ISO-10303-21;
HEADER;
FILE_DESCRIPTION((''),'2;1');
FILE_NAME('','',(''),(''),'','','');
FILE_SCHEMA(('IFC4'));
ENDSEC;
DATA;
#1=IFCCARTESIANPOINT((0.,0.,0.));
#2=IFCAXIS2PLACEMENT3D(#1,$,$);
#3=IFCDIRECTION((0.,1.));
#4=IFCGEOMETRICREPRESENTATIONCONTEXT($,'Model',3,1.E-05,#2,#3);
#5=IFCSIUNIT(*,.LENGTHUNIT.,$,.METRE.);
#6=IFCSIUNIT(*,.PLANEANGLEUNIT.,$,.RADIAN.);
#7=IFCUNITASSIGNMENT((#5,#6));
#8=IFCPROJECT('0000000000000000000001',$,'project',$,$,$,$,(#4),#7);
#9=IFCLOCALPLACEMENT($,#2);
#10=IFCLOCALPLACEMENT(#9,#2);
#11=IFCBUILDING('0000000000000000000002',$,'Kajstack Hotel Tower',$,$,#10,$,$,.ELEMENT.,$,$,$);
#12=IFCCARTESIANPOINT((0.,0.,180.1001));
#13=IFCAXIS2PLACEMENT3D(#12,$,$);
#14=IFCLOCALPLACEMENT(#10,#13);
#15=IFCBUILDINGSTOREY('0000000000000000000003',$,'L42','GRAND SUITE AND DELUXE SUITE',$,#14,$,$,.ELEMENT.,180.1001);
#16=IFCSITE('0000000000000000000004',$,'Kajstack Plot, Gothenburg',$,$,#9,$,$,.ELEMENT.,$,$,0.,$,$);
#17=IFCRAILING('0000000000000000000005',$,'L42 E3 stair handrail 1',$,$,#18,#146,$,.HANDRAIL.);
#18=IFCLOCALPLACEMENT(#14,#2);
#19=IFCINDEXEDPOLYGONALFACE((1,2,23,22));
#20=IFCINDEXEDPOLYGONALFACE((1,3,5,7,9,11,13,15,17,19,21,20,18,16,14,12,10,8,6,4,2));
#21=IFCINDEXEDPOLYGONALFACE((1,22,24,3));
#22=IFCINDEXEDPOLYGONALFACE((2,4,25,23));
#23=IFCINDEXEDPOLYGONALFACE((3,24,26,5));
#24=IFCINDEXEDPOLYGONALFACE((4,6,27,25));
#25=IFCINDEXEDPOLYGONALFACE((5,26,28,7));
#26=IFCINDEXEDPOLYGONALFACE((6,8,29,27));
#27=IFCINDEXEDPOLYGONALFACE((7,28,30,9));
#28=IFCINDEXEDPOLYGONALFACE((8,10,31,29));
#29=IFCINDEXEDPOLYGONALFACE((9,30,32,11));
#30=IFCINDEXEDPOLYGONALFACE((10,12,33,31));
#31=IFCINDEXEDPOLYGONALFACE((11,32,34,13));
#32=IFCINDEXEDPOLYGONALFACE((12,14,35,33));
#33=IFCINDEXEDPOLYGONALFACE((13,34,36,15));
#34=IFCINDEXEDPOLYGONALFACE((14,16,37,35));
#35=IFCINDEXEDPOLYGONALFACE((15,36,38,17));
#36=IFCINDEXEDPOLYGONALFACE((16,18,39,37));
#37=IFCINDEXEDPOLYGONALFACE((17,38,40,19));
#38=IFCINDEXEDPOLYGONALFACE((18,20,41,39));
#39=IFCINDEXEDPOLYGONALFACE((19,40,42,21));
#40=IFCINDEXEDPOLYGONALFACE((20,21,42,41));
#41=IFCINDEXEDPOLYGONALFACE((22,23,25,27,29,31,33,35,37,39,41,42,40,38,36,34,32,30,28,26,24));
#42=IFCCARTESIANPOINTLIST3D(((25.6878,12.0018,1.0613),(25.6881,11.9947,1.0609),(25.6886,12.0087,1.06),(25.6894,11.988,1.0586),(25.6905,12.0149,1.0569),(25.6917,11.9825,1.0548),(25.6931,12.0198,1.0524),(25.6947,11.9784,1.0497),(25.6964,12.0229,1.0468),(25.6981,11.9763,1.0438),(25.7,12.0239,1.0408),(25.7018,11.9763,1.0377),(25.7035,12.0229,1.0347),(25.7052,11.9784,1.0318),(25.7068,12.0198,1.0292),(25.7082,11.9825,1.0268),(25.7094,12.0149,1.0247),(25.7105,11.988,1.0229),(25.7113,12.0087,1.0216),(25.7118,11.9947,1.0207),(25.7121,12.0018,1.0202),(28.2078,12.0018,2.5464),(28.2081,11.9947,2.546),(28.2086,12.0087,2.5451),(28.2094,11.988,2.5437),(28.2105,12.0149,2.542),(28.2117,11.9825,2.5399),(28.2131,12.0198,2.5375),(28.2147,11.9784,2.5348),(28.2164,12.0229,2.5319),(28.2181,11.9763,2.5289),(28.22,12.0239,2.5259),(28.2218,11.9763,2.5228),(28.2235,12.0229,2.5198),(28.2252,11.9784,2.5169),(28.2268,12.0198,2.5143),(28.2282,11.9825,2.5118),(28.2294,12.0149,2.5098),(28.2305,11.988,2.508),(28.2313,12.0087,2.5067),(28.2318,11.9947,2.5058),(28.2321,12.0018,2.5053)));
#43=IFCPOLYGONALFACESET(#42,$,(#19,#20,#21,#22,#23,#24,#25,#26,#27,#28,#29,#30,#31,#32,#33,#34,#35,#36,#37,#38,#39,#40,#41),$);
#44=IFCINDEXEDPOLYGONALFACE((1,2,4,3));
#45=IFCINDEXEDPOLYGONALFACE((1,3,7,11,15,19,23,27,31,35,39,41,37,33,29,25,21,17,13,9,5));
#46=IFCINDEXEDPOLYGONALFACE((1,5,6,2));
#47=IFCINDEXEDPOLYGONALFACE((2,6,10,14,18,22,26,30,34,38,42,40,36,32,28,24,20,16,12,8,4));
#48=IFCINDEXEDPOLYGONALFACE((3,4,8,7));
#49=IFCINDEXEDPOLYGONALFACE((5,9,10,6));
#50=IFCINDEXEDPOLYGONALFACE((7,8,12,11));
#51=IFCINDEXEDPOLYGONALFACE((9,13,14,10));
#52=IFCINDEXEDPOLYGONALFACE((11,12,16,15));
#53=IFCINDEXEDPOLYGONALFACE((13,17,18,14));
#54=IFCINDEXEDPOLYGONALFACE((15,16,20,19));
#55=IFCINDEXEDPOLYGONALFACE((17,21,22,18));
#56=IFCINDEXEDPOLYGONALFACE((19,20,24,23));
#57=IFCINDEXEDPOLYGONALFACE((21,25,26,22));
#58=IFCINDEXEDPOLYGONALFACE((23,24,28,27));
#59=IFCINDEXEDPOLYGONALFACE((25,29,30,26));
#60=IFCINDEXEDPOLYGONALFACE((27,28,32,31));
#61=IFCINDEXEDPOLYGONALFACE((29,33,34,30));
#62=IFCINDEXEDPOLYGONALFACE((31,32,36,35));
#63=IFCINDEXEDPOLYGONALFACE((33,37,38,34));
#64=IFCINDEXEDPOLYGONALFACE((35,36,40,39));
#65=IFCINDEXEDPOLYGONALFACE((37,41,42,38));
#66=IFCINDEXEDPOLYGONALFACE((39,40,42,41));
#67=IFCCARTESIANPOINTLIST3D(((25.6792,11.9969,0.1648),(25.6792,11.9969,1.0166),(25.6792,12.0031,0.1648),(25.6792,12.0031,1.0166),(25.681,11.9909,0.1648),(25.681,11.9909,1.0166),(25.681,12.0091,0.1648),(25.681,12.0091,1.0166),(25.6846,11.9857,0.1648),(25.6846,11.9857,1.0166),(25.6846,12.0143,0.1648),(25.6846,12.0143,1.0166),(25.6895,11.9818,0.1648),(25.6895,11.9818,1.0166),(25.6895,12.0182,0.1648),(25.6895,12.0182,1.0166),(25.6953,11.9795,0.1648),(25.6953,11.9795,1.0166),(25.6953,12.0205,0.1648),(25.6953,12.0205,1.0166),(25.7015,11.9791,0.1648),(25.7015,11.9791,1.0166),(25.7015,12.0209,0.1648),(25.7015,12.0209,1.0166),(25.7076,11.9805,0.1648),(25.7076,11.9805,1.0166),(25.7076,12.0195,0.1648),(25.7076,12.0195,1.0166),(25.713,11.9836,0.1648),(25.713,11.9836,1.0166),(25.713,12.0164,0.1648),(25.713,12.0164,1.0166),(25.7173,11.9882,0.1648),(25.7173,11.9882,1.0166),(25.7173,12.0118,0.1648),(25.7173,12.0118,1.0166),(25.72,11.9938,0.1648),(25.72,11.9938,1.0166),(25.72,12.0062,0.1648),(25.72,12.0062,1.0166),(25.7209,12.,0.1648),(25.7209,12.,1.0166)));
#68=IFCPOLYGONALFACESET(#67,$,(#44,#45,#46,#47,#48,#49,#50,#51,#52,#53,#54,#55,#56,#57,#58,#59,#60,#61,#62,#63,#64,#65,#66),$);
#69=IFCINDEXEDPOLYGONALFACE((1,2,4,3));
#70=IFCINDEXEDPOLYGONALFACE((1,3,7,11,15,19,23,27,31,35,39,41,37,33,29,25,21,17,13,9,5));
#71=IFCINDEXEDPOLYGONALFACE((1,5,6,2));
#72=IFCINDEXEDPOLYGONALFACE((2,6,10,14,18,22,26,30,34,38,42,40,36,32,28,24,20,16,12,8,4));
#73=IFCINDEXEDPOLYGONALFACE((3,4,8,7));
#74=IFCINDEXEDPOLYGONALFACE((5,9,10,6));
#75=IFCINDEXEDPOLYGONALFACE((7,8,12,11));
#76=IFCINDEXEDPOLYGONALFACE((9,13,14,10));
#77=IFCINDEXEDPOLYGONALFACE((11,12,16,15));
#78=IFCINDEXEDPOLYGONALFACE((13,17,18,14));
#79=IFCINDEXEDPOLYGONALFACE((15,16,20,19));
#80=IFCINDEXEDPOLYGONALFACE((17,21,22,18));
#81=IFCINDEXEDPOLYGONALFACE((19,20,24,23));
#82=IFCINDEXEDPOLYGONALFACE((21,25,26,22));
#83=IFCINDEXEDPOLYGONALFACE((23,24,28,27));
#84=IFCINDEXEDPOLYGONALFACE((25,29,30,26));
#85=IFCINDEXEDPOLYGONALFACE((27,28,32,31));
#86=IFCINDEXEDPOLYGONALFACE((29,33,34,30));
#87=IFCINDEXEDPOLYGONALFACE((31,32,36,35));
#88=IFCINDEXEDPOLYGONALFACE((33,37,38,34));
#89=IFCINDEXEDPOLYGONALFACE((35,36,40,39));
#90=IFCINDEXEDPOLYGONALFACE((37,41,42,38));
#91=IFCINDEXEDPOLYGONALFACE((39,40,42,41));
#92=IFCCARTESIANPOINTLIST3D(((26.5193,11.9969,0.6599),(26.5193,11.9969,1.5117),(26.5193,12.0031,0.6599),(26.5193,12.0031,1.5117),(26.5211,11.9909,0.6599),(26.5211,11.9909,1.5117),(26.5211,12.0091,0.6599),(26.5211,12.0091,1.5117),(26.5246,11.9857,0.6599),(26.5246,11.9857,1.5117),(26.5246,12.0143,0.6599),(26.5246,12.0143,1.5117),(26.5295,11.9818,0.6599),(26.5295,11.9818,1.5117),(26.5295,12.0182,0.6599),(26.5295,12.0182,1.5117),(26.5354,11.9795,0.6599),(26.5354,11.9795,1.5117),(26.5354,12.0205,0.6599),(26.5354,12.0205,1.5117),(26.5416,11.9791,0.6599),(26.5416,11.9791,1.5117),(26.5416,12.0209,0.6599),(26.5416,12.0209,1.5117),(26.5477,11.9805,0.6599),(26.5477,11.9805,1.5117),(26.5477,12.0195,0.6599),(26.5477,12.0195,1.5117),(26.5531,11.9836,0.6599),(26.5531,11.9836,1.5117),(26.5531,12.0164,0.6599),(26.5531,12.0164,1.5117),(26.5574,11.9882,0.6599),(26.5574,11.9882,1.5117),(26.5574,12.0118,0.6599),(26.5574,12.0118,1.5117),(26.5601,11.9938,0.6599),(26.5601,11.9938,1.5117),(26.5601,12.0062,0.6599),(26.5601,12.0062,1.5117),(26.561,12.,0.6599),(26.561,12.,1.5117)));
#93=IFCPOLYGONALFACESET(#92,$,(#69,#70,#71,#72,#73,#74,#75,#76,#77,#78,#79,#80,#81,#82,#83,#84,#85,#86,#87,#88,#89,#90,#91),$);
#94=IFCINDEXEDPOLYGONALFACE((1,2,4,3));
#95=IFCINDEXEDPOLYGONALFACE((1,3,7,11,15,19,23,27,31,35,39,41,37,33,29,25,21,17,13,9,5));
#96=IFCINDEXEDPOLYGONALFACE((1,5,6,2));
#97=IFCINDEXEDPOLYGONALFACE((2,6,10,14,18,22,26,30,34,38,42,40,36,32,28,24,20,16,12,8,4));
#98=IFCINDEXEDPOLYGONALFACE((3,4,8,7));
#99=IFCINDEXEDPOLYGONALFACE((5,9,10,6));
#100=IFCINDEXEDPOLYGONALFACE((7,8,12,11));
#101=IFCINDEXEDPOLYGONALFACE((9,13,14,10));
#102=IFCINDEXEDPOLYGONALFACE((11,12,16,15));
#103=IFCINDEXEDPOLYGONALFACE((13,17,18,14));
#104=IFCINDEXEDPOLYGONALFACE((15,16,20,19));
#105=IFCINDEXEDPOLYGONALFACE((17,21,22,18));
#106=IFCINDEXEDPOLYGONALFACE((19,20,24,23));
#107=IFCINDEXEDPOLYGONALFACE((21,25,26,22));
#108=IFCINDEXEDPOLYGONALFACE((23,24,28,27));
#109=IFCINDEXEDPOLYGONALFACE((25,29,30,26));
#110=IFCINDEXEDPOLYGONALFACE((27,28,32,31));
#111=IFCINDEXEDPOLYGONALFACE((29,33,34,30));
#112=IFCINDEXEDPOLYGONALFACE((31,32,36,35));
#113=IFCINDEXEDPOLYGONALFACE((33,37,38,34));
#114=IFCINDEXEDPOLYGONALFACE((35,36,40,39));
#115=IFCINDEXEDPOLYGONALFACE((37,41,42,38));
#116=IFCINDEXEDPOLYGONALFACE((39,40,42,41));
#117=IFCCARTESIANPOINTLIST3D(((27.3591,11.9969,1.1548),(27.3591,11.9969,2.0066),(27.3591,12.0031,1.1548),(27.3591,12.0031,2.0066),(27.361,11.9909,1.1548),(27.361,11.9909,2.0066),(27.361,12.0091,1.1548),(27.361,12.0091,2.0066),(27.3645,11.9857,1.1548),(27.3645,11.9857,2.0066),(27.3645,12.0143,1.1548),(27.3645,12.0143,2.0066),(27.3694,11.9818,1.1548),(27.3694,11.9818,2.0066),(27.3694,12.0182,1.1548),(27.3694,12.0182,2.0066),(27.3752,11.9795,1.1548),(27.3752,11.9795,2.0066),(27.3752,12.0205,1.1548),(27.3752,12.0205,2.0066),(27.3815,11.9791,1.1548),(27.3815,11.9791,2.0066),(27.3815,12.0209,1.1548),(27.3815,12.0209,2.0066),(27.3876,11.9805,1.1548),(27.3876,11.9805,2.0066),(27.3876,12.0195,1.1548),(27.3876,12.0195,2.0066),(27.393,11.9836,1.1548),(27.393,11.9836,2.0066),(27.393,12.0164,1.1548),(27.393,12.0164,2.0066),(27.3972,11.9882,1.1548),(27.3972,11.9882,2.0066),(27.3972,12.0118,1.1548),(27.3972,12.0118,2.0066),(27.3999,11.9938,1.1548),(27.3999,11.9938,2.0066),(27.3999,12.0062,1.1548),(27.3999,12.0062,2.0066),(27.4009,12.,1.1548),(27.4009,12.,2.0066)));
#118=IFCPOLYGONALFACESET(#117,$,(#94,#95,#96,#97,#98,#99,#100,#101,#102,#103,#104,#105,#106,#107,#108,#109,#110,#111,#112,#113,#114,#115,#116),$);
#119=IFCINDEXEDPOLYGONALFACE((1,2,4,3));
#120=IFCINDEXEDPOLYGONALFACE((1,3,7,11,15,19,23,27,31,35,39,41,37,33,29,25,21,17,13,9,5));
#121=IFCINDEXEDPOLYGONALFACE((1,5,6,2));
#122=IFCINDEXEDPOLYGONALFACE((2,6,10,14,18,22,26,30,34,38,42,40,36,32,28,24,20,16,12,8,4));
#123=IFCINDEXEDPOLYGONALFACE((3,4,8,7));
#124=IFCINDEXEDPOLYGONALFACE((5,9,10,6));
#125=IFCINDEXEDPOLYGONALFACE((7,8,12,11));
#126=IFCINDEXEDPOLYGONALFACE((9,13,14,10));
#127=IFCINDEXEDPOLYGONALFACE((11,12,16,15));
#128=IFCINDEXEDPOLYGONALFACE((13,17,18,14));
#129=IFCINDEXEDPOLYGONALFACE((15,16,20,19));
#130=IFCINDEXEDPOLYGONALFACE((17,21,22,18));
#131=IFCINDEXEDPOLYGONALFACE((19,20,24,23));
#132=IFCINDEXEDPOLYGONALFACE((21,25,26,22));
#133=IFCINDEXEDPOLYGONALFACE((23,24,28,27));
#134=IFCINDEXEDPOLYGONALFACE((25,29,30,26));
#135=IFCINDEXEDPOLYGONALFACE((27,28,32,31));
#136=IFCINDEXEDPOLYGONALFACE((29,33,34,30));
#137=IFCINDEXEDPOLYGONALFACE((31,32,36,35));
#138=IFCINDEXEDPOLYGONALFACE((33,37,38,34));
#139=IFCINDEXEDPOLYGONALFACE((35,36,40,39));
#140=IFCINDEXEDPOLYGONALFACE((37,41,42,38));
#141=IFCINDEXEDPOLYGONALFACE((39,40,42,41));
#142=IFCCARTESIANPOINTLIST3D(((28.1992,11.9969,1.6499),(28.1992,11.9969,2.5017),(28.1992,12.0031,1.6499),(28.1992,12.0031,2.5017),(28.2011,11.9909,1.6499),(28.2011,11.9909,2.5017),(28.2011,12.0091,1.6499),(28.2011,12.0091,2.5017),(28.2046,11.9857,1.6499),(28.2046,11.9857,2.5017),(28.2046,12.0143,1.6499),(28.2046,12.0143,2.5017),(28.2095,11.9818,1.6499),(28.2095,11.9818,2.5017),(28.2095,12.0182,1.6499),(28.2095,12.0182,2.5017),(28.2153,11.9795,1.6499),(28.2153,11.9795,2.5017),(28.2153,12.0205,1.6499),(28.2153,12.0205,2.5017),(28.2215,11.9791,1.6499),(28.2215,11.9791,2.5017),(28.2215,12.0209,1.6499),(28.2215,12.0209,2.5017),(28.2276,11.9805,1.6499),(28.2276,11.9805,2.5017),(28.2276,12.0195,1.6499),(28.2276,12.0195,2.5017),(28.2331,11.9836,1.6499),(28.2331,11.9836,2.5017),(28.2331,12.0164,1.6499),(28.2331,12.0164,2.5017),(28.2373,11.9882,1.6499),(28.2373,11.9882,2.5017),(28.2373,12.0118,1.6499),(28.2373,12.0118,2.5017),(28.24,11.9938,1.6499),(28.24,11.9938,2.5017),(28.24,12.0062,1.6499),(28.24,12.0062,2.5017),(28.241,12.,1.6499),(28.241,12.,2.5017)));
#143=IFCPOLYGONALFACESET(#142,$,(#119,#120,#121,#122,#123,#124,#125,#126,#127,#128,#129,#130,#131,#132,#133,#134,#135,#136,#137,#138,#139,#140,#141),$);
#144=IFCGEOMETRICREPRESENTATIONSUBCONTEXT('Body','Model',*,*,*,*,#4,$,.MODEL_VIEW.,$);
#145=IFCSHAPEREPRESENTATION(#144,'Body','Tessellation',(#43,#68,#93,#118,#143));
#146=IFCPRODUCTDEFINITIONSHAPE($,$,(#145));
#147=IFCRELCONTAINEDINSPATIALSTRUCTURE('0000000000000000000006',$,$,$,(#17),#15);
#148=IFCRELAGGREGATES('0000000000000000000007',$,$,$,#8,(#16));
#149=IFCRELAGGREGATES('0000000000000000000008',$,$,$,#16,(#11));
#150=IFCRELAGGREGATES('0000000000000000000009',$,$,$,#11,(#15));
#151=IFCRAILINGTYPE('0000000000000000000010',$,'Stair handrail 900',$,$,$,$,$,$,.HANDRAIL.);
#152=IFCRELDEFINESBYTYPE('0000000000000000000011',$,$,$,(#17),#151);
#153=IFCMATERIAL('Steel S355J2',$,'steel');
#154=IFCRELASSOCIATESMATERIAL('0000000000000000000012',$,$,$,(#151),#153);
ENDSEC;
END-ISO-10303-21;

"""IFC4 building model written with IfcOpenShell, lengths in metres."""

from ifc_helpers import new_model, si_unit, direction, frame, origin, origin_2d, place, context, subcontext, project, spatial, circle, extrude, material, type_object, element, save


model = new_model("IFC4")

# Units and contexts
model_context = context("Model", 3, precision=1e-05, world=origin(), true_north=direction((0.0, 1.0)))
body_context = subcontext(model_context, "Body", "Model", "MODEL_VIEW")
ifc_project = project(units=[si_unit("LENGTHUNIT", "METRE"), si_unit("PLANEANGLEUNIT", "RADIAN")], contexts=[model_context])

# Site, building, storey
site_placement = place(None, origin())
site = spatial("IfcSite", under=ifc_project, at=site_placement, Name="Kajstack Plot, Gothenburg", CompositionType="ELEMENT", RefElevation=0.0)
building_placement = place(site_placement, origin())
building = spatial("IfcBuilding", under=site, at=building_placement, Name="Kajstack Hotel Tower", CompositionType="ELEMENT")
storey_placement = place(building_placement, frame((0.0, 0.0, 180.1001)))
storey = spatial("IfcBuildingStorey", under=building, at=storey_placement, Name="L42", Description="GRAND SUITE AND DELUXE SUITE", CompositionType="ELEMENT", Elevation=180.1001)

# Railing
ifc_material_1 = material(Name="Steel S355J2", Category="steel")
railing_type_1 = type_object("IfcRailingType", Name="Stair handrail 900", PredefinedType="HANDRAIL", material=ifc_material_1)
railing_1_placement = place(storey_placement, frame((25.7, 12.0, 0.1648)))
element("IfcRailing", 1, at=railing_1_placement, inside=storey, type_object=railing_type_1, Name="L42 E3 stair handrail 1", PredefinedType="HANDRAIL", context=body_context, shape_type="SweptSolid", body=[
    extrude(circle(Radius=0.0239, at=origin_2d()), frame((0.0, 0.0, 0.876), z_axis=(0.861524, 0.0, 0.507717), x_axis=(0.0, 1.0, 0.0)), (0.0, 0.0, 1.0), 2.925),
    extrude(circle(Radius=0.021, at=origin_2d()), origin(), (0.0, 0.0, 1.0), 0.8518),
    extrude(circle(Radius=0.021, at=origin_2d()), frame((0.8401, 0.0, 0.4951)), (0.0, 0.0, 1.0), 0.8518),
    extrude(circle(Radius=0.021, at=origin_2d()), frame((1.6799, 0.0, 0.99)), (0.0, 0.0, 1.0), 0.8518),
    extrude(circle(Radius=0.021, at=origin_2d()), frame((2.52, 0.0, 1.4851)), (0.0, 0.0, 1.0), 0.8518),
])

save(model, "model.ifc")
